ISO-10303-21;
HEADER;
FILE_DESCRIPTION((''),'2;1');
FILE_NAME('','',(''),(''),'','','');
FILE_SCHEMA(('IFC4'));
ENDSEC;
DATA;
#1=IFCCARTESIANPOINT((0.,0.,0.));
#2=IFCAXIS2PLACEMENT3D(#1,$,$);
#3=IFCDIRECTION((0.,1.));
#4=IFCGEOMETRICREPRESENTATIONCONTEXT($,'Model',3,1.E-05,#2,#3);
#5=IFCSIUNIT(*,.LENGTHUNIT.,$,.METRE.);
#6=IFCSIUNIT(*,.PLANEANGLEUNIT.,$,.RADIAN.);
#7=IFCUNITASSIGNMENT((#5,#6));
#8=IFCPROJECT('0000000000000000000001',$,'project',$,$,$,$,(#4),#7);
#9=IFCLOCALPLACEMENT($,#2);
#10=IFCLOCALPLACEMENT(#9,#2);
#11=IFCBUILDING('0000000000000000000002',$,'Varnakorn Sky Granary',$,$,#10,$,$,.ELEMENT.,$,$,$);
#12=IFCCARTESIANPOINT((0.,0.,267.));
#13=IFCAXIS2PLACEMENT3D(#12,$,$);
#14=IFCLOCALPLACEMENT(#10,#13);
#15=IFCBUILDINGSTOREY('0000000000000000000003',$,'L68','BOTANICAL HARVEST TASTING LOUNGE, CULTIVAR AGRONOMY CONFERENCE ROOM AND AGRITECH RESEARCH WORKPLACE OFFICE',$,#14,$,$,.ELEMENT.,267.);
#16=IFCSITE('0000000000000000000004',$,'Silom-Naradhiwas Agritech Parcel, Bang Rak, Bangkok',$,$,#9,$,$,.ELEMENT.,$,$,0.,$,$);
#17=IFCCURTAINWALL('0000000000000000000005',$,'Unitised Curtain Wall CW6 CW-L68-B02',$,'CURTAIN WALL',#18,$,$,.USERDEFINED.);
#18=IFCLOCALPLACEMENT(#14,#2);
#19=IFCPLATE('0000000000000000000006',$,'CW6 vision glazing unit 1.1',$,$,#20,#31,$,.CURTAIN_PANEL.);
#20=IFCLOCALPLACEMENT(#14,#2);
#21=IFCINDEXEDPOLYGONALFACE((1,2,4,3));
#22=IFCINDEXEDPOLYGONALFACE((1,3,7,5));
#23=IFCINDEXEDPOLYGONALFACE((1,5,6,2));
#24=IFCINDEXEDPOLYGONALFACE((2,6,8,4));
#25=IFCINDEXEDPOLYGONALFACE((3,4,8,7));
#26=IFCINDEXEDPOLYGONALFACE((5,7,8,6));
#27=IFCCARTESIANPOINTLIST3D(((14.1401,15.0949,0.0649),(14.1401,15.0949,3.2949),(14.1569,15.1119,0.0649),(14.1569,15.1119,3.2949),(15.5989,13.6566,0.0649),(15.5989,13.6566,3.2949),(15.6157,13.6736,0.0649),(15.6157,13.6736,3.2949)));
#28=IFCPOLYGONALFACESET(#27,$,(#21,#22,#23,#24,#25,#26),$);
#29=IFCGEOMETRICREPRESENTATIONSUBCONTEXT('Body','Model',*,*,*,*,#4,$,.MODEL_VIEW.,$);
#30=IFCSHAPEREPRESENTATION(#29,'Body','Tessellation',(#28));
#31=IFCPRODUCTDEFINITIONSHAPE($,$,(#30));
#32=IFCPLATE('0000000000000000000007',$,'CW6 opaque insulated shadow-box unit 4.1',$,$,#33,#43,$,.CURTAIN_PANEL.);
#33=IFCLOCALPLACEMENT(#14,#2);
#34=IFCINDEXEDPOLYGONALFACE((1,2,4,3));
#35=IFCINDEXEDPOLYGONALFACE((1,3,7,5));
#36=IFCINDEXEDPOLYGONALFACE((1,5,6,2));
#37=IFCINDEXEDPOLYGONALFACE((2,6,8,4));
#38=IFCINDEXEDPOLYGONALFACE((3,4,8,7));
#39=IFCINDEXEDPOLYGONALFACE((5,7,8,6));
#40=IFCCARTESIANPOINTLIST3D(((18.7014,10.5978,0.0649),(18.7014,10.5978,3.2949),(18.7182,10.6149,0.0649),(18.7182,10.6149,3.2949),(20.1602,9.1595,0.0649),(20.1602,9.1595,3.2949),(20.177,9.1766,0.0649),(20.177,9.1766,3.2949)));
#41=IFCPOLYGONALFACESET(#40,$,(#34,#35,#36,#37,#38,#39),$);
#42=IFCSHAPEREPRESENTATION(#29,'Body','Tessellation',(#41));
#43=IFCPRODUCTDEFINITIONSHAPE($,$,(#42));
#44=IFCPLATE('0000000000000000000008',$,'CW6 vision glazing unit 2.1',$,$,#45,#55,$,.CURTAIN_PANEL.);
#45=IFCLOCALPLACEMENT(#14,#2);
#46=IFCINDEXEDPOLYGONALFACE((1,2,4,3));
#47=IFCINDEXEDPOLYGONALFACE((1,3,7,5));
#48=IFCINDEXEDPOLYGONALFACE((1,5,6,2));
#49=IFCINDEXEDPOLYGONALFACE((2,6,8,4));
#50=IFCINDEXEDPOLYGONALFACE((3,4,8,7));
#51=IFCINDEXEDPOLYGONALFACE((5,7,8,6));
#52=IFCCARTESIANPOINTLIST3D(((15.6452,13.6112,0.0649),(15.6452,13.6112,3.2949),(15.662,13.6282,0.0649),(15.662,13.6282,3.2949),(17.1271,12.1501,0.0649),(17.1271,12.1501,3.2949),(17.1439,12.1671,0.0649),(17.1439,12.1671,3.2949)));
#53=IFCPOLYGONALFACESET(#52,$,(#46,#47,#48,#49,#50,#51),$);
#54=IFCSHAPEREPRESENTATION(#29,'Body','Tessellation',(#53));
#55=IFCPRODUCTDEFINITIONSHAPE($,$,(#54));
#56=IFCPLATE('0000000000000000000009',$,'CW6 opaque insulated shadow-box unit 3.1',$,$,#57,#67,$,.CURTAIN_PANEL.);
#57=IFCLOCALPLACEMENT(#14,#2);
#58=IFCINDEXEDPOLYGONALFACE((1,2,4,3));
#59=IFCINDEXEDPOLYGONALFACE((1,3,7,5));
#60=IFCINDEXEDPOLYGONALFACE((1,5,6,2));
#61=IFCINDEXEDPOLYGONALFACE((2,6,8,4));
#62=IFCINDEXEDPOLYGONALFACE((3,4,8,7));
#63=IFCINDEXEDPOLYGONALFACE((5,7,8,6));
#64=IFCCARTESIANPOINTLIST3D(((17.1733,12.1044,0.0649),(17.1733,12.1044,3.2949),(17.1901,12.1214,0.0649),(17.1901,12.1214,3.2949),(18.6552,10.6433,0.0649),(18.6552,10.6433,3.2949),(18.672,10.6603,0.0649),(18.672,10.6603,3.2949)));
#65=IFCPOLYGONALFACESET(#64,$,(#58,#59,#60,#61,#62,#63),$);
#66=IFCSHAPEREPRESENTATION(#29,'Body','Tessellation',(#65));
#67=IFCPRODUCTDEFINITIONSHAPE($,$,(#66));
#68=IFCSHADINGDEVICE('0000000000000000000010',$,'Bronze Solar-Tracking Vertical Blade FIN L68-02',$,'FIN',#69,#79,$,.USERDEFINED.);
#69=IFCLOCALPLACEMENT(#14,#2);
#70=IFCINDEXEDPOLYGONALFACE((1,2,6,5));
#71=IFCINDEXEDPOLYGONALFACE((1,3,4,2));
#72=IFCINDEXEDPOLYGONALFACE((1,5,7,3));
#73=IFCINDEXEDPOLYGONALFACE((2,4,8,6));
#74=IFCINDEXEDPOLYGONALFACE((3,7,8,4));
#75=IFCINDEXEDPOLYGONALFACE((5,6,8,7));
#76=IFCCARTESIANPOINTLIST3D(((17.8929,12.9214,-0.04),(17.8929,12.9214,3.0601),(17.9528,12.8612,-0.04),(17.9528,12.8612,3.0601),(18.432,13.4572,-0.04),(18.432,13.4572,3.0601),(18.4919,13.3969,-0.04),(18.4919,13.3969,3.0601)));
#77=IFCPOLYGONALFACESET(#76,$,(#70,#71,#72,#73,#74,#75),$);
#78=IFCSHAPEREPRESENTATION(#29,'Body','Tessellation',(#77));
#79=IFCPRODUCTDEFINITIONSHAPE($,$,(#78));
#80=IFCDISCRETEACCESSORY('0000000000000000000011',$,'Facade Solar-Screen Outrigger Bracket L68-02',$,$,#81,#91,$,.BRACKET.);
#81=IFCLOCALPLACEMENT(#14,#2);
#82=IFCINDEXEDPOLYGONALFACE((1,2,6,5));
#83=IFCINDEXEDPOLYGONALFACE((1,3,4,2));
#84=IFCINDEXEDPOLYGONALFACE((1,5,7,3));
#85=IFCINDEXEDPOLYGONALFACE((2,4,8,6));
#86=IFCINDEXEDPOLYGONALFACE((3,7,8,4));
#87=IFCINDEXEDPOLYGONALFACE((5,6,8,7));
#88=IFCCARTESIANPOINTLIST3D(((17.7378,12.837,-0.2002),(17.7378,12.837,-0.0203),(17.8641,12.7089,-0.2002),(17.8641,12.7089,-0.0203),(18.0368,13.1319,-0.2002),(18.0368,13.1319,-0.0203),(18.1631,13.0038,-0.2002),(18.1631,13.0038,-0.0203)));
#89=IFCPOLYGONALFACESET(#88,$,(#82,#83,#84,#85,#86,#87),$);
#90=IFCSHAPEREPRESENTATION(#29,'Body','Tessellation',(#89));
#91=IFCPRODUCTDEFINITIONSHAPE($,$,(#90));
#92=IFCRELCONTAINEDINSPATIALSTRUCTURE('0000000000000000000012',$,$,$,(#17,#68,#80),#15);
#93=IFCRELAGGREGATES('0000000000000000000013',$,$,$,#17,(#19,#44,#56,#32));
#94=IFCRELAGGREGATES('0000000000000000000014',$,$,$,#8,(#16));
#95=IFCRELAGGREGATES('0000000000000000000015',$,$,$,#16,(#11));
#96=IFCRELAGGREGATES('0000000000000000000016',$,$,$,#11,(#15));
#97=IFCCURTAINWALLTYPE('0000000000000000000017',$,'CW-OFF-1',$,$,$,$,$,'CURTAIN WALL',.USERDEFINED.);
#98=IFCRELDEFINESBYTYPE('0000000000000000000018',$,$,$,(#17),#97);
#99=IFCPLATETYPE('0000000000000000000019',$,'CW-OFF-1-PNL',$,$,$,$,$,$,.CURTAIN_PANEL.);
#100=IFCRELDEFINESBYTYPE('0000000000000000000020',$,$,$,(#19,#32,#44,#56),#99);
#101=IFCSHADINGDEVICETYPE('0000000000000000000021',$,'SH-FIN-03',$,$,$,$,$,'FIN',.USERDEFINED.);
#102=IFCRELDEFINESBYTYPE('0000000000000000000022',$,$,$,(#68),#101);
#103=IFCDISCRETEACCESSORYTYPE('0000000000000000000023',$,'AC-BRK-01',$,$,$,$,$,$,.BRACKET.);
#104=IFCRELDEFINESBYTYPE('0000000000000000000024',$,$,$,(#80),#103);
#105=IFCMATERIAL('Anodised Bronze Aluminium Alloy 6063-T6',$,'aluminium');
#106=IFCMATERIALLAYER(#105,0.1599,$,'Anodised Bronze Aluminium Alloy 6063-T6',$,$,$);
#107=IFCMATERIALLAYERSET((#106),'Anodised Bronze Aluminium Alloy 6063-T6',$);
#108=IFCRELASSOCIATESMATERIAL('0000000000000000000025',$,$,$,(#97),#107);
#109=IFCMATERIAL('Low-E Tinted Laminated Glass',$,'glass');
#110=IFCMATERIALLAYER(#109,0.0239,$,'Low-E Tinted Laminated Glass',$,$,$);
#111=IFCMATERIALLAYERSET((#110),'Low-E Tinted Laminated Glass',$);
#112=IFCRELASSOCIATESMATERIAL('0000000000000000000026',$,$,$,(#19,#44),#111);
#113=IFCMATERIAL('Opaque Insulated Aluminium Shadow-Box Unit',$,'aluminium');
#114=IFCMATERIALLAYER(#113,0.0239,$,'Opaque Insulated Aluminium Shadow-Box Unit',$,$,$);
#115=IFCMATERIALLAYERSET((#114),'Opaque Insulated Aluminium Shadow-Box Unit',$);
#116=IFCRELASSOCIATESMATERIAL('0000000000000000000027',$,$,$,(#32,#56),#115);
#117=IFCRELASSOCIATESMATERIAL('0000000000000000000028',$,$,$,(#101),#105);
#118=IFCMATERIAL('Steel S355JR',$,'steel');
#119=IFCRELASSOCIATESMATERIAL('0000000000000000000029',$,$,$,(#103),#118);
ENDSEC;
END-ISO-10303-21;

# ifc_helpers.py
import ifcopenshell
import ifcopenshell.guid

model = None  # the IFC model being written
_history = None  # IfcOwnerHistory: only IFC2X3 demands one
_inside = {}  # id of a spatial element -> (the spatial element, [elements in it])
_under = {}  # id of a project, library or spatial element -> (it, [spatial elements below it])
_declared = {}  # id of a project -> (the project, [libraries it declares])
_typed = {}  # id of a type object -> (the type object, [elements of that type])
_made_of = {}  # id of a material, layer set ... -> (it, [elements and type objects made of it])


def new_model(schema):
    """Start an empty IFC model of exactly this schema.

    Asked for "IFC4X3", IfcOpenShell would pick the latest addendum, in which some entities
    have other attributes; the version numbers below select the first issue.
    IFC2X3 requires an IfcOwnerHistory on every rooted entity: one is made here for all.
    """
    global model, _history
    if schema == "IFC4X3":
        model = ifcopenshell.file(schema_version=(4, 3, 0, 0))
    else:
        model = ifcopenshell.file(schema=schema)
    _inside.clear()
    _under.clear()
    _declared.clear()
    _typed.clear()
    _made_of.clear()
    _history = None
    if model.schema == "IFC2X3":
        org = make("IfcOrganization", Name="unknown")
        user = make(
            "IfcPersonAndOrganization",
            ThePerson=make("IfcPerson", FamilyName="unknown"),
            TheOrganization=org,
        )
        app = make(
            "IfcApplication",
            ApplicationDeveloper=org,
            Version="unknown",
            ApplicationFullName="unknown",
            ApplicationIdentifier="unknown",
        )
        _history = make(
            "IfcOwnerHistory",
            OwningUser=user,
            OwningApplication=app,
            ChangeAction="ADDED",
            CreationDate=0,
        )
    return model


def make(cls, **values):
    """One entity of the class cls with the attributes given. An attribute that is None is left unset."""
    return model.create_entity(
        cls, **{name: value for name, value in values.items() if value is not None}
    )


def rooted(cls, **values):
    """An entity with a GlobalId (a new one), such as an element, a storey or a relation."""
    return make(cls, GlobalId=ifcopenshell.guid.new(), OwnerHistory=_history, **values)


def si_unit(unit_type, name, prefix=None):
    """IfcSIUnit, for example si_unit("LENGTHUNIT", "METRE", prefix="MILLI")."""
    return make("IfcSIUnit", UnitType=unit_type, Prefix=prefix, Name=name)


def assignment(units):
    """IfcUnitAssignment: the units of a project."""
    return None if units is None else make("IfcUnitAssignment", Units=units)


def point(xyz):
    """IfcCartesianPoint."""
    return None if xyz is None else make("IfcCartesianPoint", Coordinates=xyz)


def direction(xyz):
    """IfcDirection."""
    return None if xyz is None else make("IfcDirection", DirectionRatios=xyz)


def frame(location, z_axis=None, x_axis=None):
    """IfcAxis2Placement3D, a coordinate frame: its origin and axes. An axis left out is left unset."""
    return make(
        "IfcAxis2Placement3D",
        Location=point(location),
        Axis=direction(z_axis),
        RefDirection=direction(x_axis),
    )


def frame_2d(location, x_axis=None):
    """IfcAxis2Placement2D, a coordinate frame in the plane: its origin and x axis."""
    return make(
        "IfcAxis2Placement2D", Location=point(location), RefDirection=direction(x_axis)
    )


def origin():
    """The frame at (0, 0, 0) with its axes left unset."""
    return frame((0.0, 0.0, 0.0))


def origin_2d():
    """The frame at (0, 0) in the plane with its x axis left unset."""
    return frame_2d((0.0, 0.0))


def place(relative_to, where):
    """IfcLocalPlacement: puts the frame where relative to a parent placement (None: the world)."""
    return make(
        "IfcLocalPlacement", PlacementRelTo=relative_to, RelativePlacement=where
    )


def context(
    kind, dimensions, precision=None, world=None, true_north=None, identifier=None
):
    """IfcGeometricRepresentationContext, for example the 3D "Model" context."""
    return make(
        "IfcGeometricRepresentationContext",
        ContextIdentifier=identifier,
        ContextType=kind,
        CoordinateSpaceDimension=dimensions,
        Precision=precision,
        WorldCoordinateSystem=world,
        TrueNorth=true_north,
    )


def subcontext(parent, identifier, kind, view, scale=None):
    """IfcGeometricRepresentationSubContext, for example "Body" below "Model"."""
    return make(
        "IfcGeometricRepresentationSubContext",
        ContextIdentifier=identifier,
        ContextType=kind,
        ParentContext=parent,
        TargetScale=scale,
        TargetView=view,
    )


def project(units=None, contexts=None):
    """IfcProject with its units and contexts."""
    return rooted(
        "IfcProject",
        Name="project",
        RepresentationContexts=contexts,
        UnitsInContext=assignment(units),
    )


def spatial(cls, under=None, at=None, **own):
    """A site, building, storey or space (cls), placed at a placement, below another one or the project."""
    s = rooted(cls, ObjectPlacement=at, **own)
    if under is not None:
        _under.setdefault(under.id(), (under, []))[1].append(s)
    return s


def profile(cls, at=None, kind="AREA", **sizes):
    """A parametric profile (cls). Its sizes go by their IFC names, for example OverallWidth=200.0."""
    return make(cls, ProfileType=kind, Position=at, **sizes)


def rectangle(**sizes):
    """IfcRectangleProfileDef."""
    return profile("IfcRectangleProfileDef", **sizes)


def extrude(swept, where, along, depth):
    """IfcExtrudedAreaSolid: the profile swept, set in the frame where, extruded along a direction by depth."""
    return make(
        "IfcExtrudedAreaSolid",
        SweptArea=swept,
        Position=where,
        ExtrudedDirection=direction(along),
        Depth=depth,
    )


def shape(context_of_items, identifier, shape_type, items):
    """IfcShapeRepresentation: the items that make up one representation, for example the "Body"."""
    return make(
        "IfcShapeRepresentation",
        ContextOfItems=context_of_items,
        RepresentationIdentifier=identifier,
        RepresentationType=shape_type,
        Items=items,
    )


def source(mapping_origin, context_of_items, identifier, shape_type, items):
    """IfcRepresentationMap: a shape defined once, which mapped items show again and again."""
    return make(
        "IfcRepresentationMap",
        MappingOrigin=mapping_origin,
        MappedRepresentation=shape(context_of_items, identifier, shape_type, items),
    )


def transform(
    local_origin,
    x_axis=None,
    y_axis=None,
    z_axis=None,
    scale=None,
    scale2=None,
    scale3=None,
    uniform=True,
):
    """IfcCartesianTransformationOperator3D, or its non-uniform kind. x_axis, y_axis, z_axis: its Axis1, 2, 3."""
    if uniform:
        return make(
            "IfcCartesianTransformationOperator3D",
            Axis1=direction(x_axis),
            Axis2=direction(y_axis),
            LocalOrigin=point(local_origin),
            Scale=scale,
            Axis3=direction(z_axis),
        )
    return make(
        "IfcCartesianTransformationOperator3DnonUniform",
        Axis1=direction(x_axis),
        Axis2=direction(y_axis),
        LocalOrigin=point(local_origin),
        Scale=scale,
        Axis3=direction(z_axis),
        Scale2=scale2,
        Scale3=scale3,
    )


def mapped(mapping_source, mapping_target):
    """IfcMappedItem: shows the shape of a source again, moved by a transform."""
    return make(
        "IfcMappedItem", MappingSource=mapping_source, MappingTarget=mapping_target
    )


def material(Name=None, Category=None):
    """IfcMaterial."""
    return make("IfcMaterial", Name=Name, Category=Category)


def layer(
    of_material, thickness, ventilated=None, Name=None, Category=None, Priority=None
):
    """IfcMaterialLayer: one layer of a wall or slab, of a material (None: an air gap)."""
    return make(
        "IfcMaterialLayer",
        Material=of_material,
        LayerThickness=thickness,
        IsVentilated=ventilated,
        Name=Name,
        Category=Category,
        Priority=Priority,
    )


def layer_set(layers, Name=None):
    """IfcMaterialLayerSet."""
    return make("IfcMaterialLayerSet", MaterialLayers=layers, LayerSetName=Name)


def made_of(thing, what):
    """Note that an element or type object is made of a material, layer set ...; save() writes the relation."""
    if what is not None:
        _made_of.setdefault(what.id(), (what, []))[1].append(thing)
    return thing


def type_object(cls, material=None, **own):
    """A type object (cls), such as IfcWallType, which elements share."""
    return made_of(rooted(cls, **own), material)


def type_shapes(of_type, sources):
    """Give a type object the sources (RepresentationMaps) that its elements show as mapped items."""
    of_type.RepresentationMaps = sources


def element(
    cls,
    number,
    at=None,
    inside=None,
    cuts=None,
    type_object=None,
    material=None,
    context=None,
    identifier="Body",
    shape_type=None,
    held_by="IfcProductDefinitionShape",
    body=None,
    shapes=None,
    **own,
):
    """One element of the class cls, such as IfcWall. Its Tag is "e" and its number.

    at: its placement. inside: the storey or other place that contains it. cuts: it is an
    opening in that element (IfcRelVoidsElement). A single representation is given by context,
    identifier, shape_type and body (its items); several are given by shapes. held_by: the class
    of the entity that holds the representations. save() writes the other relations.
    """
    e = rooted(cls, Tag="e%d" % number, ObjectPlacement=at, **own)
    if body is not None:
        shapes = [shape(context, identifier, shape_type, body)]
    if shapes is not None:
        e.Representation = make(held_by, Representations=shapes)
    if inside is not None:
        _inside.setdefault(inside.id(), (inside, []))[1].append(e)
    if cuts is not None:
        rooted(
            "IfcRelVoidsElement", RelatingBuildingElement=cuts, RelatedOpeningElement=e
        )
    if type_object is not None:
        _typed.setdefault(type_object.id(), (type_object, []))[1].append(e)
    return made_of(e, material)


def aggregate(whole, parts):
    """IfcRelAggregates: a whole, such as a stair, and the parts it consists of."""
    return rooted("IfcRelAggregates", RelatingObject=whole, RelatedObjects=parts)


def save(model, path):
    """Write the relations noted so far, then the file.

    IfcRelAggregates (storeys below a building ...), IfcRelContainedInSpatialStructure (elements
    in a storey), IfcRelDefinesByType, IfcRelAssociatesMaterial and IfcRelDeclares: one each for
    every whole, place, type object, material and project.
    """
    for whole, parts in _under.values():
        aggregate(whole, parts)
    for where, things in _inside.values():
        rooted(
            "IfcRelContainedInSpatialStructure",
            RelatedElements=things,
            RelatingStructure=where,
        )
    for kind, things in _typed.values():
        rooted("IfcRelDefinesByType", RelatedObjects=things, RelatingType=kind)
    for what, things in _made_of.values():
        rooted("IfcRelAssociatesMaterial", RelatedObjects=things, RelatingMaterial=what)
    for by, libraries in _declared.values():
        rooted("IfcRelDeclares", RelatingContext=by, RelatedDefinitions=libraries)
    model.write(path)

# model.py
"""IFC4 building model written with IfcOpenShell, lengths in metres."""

from ifc_helpers import new_model, si_unit, direction, frame, origin, origin_2d, place, context, subcontext, project, spatial, rectangle, extrude, source, transform, mapped, material, layer, layer_set, type_object, type_shapes, element, aggregate, save


model = new_model("IFC4")

# Units and contexts
model_context = context("Model", 3, precision=1e-05, world=origin(), true_north=direction((0.0, 1.0)))
body_context = subcontext(model_context, "Body", "Model", "MODEL_VIEW")
ifc_project = project(units=[si_unit("LENGTHUNIT", "METRE"), si_unit("PLANEANGLEUNIT", "RADIAN")], contexts=[model_context])

# Site, building, storey
site_placement = place(None, origin())
site = spatial("IfcSite", under=ifc_project, at=site_placement, Name="Silom-Naradhiwas Agritech Parcel, Bang Rak, Bangkok", CompositionType="ELEMENT", RefElevation=0.0)
building_placement = place(site_placement, origin())
building = spatial("IfcBuilding", under=site, at=building_placement, Name="Varnakorn Sky Granary", CompositionType="ELEMENT")
storey_placement = place(building_placement, frame((0.0, 0.0, 267.0)))
storey = spatial("IfcBuildingStorey", under=building, at=storey_placement, Name="L68", Description="BOTANICAL HARVEST TASTING LOUNGE, CULTIVAR AGRONOMY CONFERENCE ROOM AND AGRITECH RESEARCH WORKPLACE OFFICE", CompositionType="ELEMENT", Elevation=267.0)

# Shared definitions
ifc_material_1 = material(Name="Steel S355JR", Category="steel")

# Curtain wall
ifc_material_2 = material(Name="Anodised Bronze Aluminium Alloy 6063-T6", Category="aluminium")
ifc_layer_1 = layer(ifc_material_2, 0.1599, Name="Anodised Bronze Aluminium Alloy 6063-T6")
ifc_layer_set_1 = layer_set([ifc_layer_1], Name="Anodised Bronze Aluminium Alloy 6063-T6")
curtain_wall_type = type_object("IfcCurtainWallType", Name="CW-OFF-1", ElementType="CURTAIN WALL", PredefinedType="USERDEFINED", material=ifc_layer_set_1)
curtain_wall_placement = place(storey_placement, origin())
curtain_wall = element("IfcCurtainWall", 1, at=curtain_wall_placement, inside=storey, type_object=curtain_wall_type, Name="Unitised Curtain Wall CW6 CW-L68-B02", ObjectType="CURTAIN WALL", PredefinedType="USERDEFINED")

# Plates
ifc_material_3 = material(Name="Low-E Tinted Laminated Glass", Category="glass")
ifc_layer_2 = layer(ifc_material_3, 0.0239, Name="Low-E Tinted Laminated Glass")
ifc_layer_set_2 = layer_set([ifc_layer_2], Name="Low-E Tinted Laminated Glass")
plate_type = type_object("IfcPlateType", Name="CW-OFF-1-PNL", PredefinedType="CURTAIN_PANEL")
shared_shape_1 = source(origin(), body_context, "Body", "SweptSolid", [
    extrude(rectangle(XDim=2.0486, YDim=0.0239, at=origin_2d()), origin(), (0.0, 0.0, 1.0), 3.23),
])
plate_1_placement = place(storey_placement, frame((14.8779, 14.3843, 0.0649), z_axis=(0.0, 0.0, 1.0), x_axis=(0.712087, -0.702091, 0.0)))
plate_1 = element("IfcPlate", 2, at=plate_1_placement, type_object=plate_type, material=ifc_layer_set_2, Name="CW6 vision glazing unit 1.1", PredefinedType="CURTAIN_PANEL", context=body_context, shape_type="MappedRepresentation", body=[
    mapped(shared_shape_1, transform((0.0, 0.0, 0.0), x_axis=(1.0, 0.0, 0.0), y_axis=(0.0, 1.0, 0.0), z_axis=(0.0, 0.0, 1.0), scale=1.0)),
])
ifc_material_4 = material(Name="Opaque Insulated Aluminium Shadow-Box Unit", Category="aluminium")
ifc_layer_3 = layer(ifc_material_4, 0.0239, Name="Opaque Insulated Aluminium Shadow-Box Unit")
ifc_layer_set_3 = layer_set([ifc_layer_3], Name="Opaque Insulated Aluminium Shadow-Box Unit")
plate_2_placement = place(storey_placement, frame((19.4392, 9.8872, 0.0649), z_axis=(0.0, 0.0, 1.0), x_axis=(0.712087, -0.702091, 0.0)))
plate_2 = element("IfcPlate", 3, at=plate_2_placement, type_object=plate_type, material=ifc_layer_set_3, Name="CW6 opaque insulated shadow-box unit 4.1", PredefinedType="CURTAIN_PANEL", context=body_context, shape_type="MappedRepresentation", body=[
    mapped(shared_shape_1, transform((0.0, 0.0, 0.0), x_axis=(1.0, 0.0, 0.0), y_axis=(0.0, 1.0, 0.0), z_axis=(0.0, 0.0, 1.0), scale=1.0)),
])
shared_shape_2 = source(origin(), body_context, "Body", "SweptSolid", [
    extrude(rectangle(XDim=2.0811, YDim=0.0239, at=origin_2d()), origin(), (0.0, 0.0, 1.0), 3.23),
])
type_shapes(plate_type, [shared_shape_1, shared_shape_2])
plate_3_placement = place(storey_placement, frame((16.3945, 12.8892, 0.0649), z_axis=(0.0, 0.0, 1.0), x_axis=(0.712087, -0.702091, 0.0)))
plate_3 = element("IfcPlate", 4, at=plate_3_placement, type_object=plate_type, material=ifc_layer_set_2, Name="CW6 vision glazing unit 2.1", PredefinedType="CURTAIN_PANEL", context=body_context, shape_type="MappedRepresentation", body=[
    mapped(shared_shape_2, transform((0.0, 0.0, 0.0), x_axis=(1.0, 0.0, 0.0), y_axis=(0.0, 1.0, 0.0), z_axis=(0.0, 0.0, 1.0), scale=1.0)),
])
plate_4_placement = place(storey_placement, frame((17.9226, 11.3823, 0.0649), z_axis=(0.0, 0.0, 1.0), x_axis=(0.712087, -0.702091, 0.0)))
plate_4 = element("IfcPlate", 5, at=plate_4_placement, type_object=plate_type, material=ifc_layer_set_3, Name="CW6 opaque insulated shadow-box unit 3.1", PredefinedType="CURTAIN_PANEL", context=body_context, shape_type="MappedRepresentation", body=[
    mapped(shared_shape_2, transform((0.0, 0.0, 0.0), x_axis=(1.0, 0.0, 0.0), y_axis=(0.0, 1.0, 0.0), z_axis=(0.0, 0.0, 1.0), scale=1.0)),
])
aggregate(curtain_wall, [plate_1, plate_3, plate_4, plate_2])

# Shading device
shading_device_type = type_object("IfcShadingDeviceType", Name="SH-FIN-03", ElementType="FIN", PredefinedType="USERDEFINED", material=ifc_material_2)
shared_shape_3 = source(origin(), body_context, "Body", "SweptSolid", [
    extrude(rectangle(XDim=0.085, YDim=0.76, at=origin_2d()), origin(), (0.0, 0.0, 1.0), 3.1001),
])
type_shapes(shading_device_type, [shared_shape_3])
shading_device_placement = place(storey_placement, frame((18.1924, 13.1592, -0.04), z_axis=(0.0, 0.0, 1.0), x_axis=(-0.704943, 0.709264, 0.0)))
element("IfcShadingDevice", 6, at=shading_device_placement, inside=storey, type_object=shading_device_type, Name="Bronze Solar-Tracking Vertical Blade FIN L68-02", ObjectType="FIN", PredefinedType="USERDEFINED", context=body_context, shape_type="MappedRepresentation", body=[
    mapped(shared_shape_3, transform((0.0, 0.0, 0.0), x_axis=(1.0, 0.0, 0.0), y_axis=(0.0, 1.0, 0.0), z_axis=(0.0, 0.0, 1.0), scale=1.0)),
])

# Discrete accessory
discrete_accessory_type = type_object("IfcDiscreteAccessoryType", Name="AC-BRK-01", PredefinedType="BRACKET", material=ifc_material_1)
shared_shape_4 = source(origin(), body_context, "Body", "SweptSolid", [
    extrude(rectangle(XDim=0.1799, YDim=0.4199, at=origin_2d()), origin(), (0.0, 0.0, 1.0), 0.1799),
])
type_shapes(discrete_accessory_type, [shared_shape_4])
discrete_accessory_placement = place(storey_placement, frame((17.9504, 12.9204, -0.2002), z_axis=(0.0, 0.0, 1.0), x_axis=(-0.702197, 0.711983, 0.0)))
element("IfcDiscreteAccessory", 7, at=discrete_accessory_placement, inside=storey, type_object=discrete_accessory_type, Name="Facade Solar-Screen Outrigger Bracket L68-02", PredefinedType="BRACKET", context=body_context, shape_type="MappedRepresentation", body=[
    mapped(shared_shape_4, transform((0.0, 0.0, 0.0), x_axis=(1.0, 0.0, 0.0), y_axis=(0.0, 1.0, 0.0), z_axis=(0.0, 0.0, 1.0), scale=1.0)),
])

save(model, "model.ifc")
